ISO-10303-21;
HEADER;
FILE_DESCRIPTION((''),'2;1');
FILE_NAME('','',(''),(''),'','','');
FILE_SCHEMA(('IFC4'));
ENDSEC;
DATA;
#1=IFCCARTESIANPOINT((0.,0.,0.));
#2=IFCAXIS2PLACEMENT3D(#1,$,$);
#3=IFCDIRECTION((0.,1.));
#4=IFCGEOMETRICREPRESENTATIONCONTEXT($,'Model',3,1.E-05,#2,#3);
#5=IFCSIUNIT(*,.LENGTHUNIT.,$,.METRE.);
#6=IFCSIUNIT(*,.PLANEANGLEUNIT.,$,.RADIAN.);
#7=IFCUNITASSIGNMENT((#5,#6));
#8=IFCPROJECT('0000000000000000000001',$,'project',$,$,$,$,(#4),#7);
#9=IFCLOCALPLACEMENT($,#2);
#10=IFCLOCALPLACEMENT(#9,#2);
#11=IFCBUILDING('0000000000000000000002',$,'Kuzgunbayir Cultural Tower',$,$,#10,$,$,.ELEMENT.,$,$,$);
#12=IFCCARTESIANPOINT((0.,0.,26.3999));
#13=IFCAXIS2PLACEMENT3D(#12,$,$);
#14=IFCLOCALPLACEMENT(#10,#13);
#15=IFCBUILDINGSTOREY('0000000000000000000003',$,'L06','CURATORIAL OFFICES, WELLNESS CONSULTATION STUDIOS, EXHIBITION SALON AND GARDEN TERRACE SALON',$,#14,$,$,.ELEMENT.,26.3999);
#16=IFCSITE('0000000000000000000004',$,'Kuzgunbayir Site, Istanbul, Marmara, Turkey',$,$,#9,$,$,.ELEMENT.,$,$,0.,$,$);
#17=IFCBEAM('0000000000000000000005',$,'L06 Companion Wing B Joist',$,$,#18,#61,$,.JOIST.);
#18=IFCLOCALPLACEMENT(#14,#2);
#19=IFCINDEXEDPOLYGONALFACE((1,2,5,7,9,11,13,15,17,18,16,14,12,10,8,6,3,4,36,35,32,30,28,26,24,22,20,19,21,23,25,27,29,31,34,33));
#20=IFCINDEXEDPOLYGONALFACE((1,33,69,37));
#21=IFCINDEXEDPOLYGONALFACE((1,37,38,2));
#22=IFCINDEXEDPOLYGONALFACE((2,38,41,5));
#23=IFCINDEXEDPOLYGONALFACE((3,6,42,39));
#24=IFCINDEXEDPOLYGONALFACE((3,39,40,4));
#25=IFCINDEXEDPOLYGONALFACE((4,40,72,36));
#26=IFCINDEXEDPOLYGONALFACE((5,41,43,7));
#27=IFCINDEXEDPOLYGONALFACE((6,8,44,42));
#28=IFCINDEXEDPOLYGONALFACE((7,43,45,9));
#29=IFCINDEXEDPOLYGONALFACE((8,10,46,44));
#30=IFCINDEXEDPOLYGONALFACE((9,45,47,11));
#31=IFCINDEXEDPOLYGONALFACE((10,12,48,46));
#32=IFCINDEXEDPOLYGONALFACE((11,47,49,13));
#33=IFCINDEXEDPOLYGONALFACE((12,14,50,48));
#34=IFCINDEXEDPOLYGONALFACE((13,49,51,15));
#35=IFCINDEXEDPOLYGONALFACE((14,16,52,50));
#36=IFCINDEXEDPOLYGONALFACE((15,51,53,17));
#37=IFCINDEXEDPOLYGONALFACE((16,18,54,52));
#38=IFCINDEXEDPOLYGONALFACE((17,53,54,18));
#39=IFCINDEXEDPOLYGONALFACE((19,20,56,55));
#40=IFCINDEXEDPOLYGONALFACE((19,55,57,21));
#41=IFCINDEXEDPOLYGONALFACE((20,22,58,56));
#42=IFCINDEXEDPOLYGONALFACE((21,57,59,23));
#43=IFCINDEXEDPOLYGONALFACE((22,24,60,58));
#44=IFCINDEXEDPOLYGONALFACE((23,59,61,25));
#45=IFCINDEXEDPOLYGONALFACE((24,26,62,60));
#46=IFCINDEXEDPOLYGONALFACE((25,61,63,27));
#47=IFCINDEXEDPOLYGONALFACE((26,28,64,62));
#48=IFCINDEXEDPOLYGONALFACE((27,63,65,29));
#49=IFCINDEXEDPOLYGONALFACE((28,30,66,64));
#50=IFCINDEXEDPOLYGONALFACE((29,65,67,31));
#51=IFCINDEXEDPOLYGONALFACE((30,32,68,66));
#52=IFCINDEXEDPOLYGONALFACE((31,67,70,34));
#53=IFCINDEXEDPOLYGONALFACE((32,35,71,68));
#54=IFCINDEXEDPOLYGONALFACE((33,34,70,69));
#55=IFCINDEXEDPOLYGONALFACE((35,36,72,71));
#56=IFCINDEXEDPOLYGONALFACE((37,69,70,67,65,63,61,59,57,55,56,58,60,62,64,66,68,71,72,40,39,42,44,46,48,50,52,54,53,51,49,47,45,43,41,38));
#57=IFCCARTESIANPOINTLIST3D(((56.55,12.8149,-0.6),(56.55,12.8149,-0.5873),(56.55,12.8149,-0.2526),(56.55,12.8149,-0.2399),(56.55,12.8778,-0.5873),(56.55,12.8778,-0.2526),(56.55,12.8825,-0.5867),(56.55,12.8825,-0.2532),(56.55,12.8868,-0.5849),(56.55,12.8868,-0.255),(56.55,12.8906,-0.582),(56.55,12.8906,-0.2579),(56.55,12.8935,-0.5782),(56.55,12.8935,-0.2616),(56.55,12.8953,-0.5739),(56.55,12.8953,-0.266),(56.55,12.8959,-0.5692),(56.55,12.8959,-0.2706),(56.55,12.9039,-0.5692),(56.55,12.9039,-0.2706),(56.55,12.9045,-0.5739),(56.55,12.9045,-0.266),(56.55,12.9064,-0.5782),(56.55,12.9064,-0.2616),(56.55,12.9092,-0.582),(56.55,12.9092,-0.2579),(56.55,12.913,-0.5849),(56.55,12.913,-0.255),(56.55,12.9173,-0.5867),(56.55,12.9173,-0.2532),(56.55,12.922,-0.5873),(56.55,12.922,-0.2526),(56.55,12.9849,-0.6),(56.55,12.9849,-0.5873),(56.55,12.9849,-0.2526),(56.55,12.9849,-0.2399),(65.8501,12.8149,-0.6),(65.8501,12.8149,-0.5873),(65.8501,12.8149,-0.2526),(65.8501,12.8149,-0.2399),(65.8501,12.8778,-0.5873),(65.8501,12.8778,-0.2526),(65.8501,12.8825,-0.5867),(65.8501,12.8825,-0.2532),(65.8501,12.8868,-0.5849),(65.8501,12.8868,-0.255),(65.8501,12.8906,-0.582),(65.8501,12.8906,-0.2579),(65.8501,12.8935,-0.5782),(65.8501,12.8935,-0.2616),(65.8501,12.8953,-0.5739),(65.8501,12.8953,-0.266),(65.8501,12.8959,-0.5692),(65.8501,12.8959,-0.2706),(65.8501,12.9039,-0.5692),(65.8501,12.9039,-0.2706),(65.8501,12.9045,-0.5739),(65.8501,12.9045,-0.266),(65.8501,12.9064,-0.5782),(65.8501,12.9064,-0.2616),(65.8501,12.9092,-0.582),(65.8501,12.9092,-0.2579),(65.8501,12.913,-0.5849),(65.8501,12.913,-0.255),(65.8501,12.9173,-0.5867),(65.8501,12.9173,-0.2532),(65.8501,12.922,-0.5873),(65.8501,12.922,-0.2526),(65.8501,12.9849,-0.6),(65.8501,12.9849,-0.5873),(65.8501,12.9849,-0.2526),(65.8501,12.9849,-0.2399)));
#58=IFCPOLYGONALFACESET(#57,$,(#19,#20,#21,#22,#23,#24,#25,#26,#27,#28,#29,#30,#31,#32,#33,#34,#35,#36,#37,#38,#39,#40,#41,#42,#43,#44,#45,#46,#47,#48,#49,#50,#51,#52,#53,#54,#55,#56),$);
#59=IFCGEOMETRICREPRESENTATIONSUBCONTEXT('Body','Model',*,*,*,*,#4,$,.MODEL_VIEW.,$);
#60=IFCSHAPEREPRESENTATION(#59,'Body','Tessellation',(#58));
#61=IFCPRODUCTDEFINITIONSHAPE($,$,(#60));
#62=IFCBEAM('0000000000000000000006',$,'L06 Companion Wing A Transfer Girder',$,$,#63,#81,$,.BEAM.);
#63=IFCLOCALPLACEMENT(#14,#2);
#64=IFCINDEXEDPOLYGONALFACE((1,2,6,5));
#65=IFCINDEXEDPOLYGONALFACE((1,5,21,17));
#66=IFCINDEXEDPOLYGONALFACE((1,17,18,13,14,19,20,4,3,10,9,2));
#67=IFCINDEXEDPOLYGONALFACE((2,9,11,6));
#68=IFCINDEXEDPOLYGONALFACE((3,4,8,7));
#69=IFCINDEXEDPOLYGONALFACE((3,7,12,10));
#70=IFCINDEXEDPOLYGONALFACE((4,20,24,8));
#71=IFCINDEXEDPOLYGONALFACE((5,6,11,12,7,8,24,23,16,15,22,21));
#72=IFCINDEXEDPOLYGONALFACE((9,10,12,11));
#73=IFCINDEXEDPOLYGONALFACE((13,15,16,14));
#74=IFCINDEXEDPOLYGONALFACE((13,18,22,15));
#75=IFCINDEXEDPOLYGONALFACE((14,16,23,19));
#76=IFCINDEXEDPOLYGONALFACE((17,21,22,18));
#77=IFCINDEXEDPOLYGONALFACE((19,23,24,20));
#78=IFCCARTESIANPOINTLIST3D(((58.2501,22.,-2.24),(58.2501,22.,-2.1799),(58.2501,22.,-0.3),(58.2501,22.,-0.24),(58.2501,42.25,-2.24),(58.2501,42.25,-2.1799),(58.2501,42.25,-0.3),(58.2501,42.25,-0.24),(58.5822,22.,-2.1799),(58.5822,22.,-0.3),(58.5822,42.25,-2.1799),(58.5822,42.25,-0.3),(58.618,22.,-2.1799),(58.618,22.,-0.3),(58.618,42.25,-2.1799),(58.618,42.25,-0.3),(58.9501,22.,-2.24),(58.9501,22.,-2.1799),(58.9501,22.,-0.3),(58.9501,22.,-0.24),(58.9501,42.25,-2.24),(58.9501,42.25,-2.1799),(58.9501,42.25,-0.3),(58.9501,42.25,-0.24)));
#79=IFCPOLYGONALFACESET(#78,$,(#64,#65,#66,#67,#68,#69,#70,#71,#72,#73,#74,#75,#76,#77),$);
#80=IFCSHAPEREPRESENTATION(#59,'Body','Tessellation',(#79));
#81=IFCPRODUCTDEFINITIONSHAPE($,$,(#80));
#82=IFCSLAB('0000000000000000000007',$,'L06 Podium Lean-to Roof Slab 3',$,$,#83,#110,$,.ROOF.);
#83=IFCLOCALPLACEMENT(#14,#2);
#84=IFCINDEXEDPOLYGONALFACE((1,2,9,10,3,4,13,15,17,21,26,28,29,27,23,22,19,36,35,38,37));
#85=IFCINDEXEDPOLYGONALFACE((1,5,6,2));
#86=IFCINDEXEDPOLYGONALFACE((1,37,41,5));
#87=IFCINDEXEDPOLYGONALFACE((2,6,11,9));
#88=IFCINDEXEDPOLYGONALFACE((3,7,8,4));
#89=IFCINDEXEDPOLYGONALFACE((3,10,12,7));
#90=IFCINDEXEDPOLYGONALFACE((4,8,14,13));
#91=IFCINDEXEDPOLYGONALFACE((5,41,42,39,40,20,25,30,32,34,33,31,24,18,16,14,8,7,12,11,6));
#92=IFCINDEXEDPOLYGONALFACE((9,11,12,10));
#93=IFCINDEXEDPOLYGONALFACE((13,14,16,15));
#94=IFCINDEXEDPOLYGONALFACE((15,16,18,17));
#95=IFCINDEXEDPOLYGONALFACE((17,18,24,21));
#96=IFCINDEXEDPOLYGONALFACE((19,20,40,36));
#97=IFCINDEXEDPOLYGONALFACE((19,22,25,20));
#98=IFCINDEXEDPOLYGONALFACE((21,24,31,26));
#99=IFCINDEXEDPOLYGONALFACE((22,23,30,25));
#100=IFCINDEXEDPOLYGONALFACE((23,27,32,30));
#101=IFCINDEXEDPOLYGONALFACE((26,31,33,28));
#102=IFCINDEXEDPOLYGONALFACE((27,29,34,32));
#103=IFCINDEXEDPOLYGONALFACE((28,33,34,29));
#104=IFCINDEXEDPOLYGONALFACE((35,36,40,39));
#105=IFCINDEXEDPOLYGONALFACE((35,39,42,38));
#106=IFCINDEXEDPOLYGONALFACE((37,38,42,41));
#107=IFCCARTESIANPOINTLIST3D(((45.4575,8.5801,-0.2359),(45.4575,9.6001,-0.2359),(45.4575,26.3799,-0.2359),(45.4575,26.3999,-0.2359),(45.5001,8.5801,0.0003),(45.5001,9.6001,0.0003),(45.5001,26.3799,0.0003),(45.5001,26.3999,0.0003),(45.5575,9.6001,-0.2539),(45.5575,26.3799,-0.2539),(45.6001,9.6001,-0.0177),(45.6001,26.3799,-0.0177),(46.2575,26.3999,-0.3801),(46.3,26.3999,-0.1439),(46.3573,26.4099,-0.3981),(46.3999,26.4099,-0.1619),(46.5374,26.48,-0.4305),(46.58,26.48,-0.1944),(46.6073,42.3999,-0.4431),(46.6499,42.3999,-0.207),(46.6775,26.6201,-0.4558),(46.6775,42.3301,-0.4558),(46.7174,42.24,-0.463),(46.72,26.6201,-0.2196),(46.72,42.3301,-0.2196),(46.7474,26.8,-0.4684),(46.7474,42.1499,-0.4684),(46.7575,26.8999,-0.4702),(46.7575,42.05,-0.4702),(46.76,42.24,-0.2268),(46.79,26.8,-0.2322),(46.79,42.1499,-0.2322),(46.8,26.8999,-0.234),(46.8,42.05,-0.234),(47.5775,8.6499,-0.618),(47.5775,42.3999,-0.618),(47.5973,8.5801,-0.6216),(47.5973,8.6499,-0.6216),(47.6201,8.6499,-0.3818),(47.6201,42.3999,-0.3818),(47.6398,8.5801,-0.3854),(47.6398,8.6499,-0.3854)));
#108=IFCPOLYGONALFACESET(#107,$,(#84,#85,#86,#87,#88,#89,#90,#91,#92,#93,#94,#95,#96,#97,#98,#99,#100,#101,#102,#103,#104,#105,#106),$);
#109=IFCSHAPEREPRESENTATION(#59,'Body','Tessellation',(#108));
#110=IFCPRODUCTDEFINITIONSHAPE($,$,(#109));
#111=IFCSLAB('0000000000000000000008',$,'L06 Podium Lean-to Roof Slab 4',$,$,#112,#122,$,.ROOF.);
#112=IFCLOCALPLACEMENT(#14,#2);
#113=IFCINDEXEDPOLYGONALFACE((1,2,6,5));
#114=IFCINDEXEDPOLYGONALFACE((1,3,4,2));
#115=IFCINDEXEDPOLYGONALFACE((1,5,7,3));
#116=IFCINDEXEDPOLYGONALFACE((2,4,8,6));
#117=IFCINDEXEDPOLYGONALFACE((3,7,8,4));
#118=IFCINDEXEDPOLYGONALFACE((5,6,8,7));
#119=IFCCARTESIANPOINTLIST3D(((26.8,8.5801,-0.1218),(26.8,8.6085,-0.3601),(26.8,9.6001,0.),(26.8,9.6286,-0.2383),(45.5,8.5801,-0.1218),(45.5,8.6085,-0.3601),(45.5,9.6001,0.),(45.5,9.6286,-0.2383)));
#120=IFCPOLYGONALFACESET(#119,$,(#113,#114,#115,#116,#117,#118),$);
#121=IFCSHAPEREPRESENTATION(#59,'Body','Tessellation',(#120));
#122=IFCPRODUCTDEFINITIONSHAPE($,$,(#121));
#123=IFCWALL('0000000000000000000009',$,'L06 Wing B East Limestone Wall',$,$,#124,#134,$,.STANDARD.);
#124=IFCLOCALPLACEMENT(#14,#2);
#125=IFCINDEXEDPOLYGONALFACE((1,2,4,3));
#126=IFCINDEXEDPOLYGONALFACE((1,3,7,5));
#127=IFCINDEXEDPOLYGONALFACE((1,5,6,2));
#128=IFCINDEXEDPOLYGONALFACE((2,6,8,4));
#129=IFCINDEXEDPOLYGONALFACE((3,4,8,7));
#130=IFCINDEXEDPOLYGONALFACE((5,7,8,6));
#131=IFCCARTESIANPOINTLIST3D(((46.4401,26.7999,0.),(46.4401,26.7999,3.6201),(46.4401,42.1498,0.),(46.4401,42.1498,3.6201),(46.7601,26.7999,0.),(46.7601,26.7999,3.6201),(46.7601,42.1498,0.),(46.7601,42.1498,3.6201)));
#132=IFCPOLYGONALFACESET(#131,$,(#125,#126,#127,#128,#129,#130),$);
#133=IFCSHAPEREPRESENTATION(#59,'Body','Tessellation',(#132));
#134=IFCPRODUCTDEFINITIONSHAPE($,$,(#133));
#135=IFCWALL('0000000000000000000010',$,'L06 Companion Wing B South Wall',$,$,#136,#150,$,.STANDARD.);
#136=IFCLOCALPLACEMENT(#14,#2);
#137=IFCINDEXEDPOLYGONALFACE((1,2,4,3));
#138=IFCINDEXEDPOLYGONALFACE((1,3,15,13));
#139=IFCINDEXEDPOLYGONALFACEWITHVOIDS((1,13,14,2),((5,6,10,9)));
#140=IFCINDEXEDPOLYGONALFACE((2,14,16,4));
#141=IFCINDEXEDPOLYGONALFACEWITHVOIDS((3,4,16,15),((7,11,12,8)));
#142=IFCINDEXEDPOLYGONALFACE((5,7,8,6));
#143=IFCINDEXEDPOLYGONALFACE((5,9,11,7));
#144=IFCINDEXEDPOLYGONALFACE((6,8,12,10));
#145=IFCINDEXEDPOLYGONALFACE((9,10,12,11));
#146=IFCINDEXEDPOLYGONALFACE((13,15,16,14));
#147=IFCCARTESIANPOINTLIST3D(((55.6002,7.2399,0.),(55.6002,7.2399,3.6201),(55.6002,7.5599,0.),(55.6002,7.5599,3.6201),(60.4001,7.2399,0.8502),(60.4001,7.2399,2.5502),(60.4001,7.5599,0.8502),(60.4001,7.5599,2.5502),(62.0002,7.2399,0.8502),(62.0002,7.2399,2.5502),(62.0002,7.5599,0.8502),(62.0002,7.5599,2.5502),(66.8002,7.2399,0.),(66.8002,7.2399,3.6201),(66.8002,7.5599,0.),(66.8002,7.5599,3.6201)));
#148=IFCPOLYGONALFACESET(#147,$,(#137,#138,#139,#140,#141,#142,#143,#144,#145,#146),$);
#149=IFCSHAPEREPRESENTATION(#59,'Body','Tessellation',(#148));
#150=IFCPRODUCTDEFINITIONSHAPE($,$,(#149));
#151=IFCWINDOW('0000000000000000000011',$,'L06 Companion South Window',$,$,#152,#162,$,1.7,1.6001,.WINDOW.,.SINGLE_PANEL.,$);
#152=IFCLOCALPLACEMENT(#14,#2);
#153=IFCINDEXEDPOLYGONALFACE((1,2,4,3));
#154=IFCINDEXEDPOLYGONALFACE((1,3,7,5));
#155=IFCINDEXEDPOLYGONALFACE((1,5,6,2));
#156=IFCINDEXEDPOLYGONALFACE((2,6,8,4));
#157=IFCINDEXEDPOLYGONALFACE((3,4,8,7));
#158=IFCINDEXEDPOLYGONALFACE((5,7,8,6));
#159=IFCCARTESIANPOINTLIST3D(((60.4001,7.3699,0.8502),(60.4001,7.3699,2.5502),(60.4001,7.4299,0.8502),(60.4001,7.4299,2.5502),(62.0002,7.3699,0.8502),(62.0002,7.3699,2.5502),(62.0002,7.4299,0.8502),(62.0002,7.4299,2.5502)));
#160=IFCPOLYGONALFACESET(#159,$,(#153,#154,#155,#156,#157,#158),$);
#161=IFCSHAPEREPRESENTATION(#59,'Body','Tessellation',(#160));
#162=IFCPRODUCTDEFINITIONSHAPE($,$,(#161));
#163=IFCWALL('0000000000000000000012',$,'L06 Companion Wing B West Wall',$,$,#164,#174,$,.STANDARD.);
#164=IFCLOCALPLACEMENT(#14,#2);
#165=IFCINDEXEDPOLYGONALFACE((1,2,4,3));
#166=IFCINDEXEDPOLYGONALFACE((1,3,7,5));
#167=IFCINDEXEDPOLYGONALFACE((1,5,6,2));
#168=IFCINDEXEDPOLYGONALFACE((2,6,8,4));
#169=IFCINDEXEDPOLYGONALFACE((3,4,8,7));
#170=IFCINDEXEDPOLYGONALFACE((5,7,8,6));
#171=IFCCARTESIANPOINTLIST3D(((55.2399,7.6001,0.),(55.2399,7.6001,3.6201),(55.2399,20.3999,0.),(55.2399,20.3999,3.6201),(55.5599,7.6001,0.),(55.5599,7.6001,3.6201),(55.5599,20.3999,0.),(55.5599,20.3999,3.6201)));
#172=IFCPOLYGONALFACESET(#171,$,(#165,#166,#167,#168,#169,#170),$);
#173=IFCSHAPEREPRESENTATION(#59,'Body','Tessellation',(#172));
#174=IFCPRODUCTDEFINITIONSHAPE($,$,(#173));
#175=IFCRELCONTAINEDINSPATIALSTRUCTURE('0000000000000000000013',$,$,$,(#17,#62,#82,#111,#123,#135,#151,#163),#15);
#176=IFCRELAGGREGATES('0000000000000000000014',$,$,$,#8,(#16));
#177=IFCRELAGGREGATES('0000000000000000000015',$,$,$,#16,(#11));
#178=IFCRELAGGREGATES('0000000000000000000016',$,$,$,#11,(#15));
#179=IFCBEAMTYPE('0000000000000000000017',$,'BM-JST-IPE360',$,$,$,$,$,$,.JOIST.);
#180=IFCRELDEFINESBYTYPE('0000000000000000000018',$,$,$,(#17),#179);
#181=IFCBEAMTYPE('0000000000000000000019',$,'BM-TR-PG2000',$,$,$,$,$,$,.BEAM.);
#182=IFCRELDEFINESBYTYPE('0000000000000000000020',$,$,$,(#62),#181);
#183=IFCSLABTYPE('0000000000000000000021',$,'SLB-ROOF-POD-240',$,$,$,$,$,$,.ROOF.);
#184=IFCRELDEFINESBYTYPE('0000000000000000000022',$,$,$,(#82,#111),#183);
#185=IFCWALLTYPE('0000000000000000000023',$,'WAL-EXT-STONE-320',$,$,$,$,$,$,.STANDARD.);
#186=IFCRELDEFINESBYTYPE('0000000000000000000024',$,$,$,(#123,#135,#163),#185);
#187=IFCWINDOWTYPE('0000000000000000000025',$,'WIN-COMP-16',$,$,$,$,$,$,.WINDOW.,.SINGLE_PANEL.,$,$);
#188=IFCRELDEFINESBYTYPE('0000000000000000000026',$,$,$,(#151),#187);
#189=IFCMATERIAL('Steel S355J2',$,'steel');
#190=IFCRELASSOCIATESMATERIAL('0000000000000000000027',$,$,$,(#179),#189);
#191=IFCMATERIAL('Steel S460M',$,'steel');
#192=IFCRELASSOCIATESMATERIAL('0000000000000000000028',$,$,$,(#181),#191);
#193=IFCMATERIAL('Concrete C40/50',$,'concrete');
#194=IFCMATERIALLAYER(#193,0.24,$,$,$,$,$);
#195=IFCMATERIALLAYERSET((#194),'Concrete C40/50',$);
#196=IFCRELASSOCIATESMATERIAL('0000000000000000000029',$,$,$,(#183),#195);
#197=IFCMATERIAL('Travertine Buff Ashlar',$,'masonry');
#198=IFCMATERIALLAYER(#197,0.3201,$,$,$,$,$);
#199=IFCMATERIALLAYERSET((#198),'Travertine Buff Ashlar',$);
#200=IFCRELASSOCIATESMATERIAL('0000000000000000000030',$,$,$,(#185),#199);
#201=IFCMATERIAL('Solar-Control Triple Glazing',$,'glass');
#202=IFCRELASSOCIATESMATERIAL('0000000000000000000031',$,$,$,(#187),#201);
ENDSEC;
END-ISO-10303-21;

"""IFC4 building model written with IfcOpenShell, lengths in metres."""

from ifc_helpers import new_model, si_unit, direction, frame, frame_2d, origin, origin_2d, place, context, subcontext, project, spatial, polyline, rectangle, i_section, outline, extrude, material, layer, layer_set, material_profile, profile_set, type_object, element, fill, save


model = new_model("IFC4")

# Units and contexts
model_context = context("Model", 3, precision=1e-05, world=origin(), true_north=direction((0.0, 1.0)))
body_context = subcontext(model_context, "Body", "Model", "MODEL_VIEW")
ifc_project = project(units=[si_unit("LENGTHUNIT", "METRE"), si_unit("PLANEANGLEUNIT", "RADIAN")], contexts=[model_context])

# Site, building, storey
site_placement = place(None, origin())
site = spatial("IfcSite", under=ifc_project, at=site_placement, Name="Kuzgunbayir Site, Istanbul, Marmara, Turkey", CompositionType="ELEMENT", RefElevation=0.0)
building_placement = place(site_placement, origin())
building = spatial("IfcBuilding", under=site, at=building_placement, Name="Kuzgunbayir Cultural Tower", CompositionType="ELEMENT")
storey_placement = place(building_placement, frame((0.0, 0.0, 26.3999)))
storey = spatial("IfcBuildingStorey", under=building, at=storey_placement, Name="L06", Description="CURATORIAL OFFICES, WELLNESS CONSULTATION STUDIOS, EXHIBITION SALON AND GARDEN TERRACE SALON", CompositionType="ELEMENT", Elevation=26.3999)

# Beams
ifc_material_1 = material(Name="Steel S355J2", Category="steel")
ifc_material_2 = material(Name="Steel S460M", Category="steel")
ifc_material_profile_1 = material_profile(ifc_material_1, i_section(OverallWidth=0.1699, OverallDepth=0.3601, WebThickness=0.0081, FlangeThickness=0.0127, FilletRadius=0.0181, at=origin_2d()), Name="IPE 360")
ifc_profile_set_1 = profile_set([ifc_material_profile_1], Name="Steel S355J2")
beam_type_1 = type_object("IfcBeamType", Name="BM-JST-IPE360", PredefinedType="JOIST", material=ifc_profile_set_1)
beam_1_placement = place(storey_placement, frame((56.55, 12.8999, -0.4199), z_axis=(1.0, 0.0, 0.0), x_axis=(0.0, 1.0, 0.0)))
element("IfcBeam", 1, at=beam_1_placement, inside=storey, type_object=beam_type_1, Name="L06 Companion Wing B Joist", PredefinedType="JOIST", context=body_context, shape_type="SweptSolid", body=[
    extrude(i_section(OverallWidth=0.1699, OverallDepth=0.3601, WebThickness=0.0081, FlangeThickness=0.0127, FilletRadius=0.0181, at=origin_2d()), origin(), (0.0, 0.0, 1.0), 9.3),
])
ifc_material_profile_2 = material_profile(ifc_material_2, i_section(OverallWidth=0.7, OverallDepth=2.0, WebThickness=0.0359, FlangeThickness=0.0601, at=origin_2d()), Name="PG 2000x700x36x60")
ifc_profile_set_2 = profile_set([ifc_material_profile_2], Name="Steel S460M")
beam_type_2 = type_object("IfcBeamType", Name="BM-TR-PG2000", PredefinedType="BEAM", material=ifc_profile_set_2)
beam_2_placement = place(storey_placement, frame((58.6001, 22.0, -1.24), z_axis=(0.0, 1.0, 0.0), x_axis=(-1.0, 0.0, 0.0)))
element("IfcBeam", 2, at=beam_2_placement, inside=storey, type_object=beam_type_2, Name="L06 Companion Wing A Transfer Girder", PredefinedType="BEAM", context=body_context, shape_type="SweptSolid", body=[
    extrude(i_section(OverallWidth=0.7, OverallDepth=2.0, WebThickness=0.0359, FlangeThickness=0.0601, at=origin_2d()), origin(), (0.0, 0.0, 1.0), 20.25),
])

# Slabs
ifc_material_3 = material(Name="Concrete C40/50", Category="concrete")
ifc_layer_1 = layer(ifc_material_3, 0.24)
ifc_layer_set_1 = layer_set([ifc_layer_1], Name="Concrete C40/50")
slab_type = type_object("IfcSlabType", Name="SLB-ROOF-POD-240", PredefinedType="ROOF", material=ifc_layer_set_1)
slab_1_placement = place(storey_placement, frame((47.6201, 8.6499, -0.3818), z_axis=(0.177393, 0.0, 0.98414), x_axis=(0.0, 1.0, 0.0)))
element("IfcSlab", 3, at=slab_1_placement, inside=storey, type_object=slab_type, Name="L06 Podium Lean-to Roof Slab 3", PredefinedType="ROOF", context=body_context, shape_type="SweptSolid", body=[
    extrude(outline(polyline([(0.0, 0.0), (33.75, 0.0), (33.75, 0.9859), (33.6802, 0.9146), (33.5901, 0.874), (33.5, 0.8435), (33.4001, 0.8333), (18.25, 0.8333), (18.1501, 0.8435), (17.9702, 0.9146), (17.8301, 1.0569), (17.76, 1.2399), (17.75, 1.3414), (17.75, 2.1542), (17.73, 2.1542), (17.73, 2.0526), (0.9502, 2.0526), (0.9502, 2.1542), (-0.0698, 2.1542), (-0.0698, -0.02), (0.0, -0.02), (0.0, 0.0)])), origin(), (0.0, 0.0, -1.0), 0.24),
])
slab_2_placement = place(storey_placement, frame((45.5, 8.5801, -0.1218), z_axis=(0.0, -0.118592, 0.992943), x_axis=(0.0, 0.992943, 0.118592)))
element("IfcSlab", 4, at=slab_2_placement, inside=storey, type_object=slab_type, Name="L06 Podium Lean-to Roof Slab 4", PredefinedType="ROOF", context=body_context, shape_type="SweptSolid", body=[
    extrude(outline(polyline([(0.0, 0.0), (1.0273, 0.0), (1.0273, 18.7), (0.0, 18.7), (0.0, 0.0)])), origin(), (0.0, 0.0, -1.0), 0.24),
])

# Wall
ifc_material_4 = material(Name="Travertine Buff Ashlar", Category="masonry")
ifc_layer_2 = layer(ifc_material_4, 0.3201)
ifc_layer_set_2 = layer_set([ifc_layer_2], Name="Travertine Buff Ashlar")
wall_type_1 = type_object("IfcWallType", Name="WAL-EXT-STONE-320", PredefinedType="STANDARD", material=ifc_layer_set_2)
wall_1_placement = place(storey_placement, frame((46.6001, 26.8, 0.0), z_axis=(0.0, 0.0, 1.0), x_axis=(0.0, 1.0, 0.0)))
element("IfcWall", 5, at=wall_1_placement, inside=storey, type_object=wall_type_1, Name="L06 Wing B East Limestone Wall", PredefinedType="STANDARD", context=body_context, shape_type="SweptSolid", body=[
    extrude(rectangle(XDim=15.3499, YDim=0.3201, at=frame_2d((7.6748, 0.0))), origin(), (0.0, 0.0, 1.0), 3.6201),
])

# Wall, opening, window
wall_2_placement = place(storey_placement, frame((55.6001, 7.3999, 0.0), z_axis=(0.0, 0.0, 1.0), x_axis=(1.0, 0.0, 0.0)))
wall_2 = element("IfcWall", 6, at=wall_2_placement, inside=storey, type_object=wall_type_1, Name="L06 Companion Wing B South Wall", PredefinedType="STANDARD", context=body_context, shape_type="SweptSolid", body=[
    extrude(rectangle(XDim=11.2, YDim=0.3201, at=frame_2d((5.6001, 0.0))), origin(), (0.0, 0.0, 1.0), 3.6201),
])
opening_1_placement = place(wall_2_placement, frame((4.8, 0.0, 0.8501)))
opening_1 = element("IfcOpeningElement", 7, at=opening_1_placement, cuts=wall_2, PredefinedType="OPENING", context=body_context, shape_type="SweptSolid", body=[
    extrude(rectangle(XDim=1.6001, YDim=1.7, at=frame_2d((0.8, 0.8501))), frame((0.0, 0.1699, 0.0), z_axis=(0.0, -1.0, 0.0), x_axis=(1.0, 0.0, 0.0)), (0.0, 0.0, 1.0), 0.3401),
])
ifc_material_5 = material(Name="Solar-Control Triple Glazing", Category="glass")
window_type = type_object("IfcWindowType", Name="WIN-COMP-16", PartitioningType="SINGLE_PANEL", PredefinedType="WINDOW", material=ifc_material_5)
window_placement = place(opening_1_placement, origin())
window = element("IfcWindow", 8, at=window_placement, inside=storey, type_object=window_type, Name="L06 Companion South Window", OverallHeight=1.7, OverallWidth=1.6001, PartitioningType="SINGLE_PANEL", PredefinedType="WINDOW", context=body_context, shape_type="SweptSolid", body=[
    extrude(rectangle(XDim=1.6001, YDim=1.7, at=frame_2d((0.8, 0.8501))), frame((0.0, 0.03, 0.0), z_axis=(0.0, -1.0, 0.0), x_axis=(1.0, 0.0, 0.0)), (0.0, 0.0, 1.0), 0.0601),
])
fill(opening_1, window)

# Wall
wall_3_placement = place(storey_placement, frame((55.3999, 20.3999, 0.0), z_axis=(0.0, 0.0, 1.0), x_axis=(0.0, -1.0, 0.0)))
element("IfcWall", 9, at=wall_3_placement, inside=storey, type_object=wall_type_1, Name="L06 Companion Wing B West Wall", PredefinedType="STANDARD", context=body_context, shape_type="SweptSolid", body=[
    extrude(rectangle(XDim=12.7998, YDim=0.3201, at=frame_2d((6.3999, 0.0))), origin(), (0.0, 0.0, 1.0), 3.6201),
])

save(model, "model.ifc")
